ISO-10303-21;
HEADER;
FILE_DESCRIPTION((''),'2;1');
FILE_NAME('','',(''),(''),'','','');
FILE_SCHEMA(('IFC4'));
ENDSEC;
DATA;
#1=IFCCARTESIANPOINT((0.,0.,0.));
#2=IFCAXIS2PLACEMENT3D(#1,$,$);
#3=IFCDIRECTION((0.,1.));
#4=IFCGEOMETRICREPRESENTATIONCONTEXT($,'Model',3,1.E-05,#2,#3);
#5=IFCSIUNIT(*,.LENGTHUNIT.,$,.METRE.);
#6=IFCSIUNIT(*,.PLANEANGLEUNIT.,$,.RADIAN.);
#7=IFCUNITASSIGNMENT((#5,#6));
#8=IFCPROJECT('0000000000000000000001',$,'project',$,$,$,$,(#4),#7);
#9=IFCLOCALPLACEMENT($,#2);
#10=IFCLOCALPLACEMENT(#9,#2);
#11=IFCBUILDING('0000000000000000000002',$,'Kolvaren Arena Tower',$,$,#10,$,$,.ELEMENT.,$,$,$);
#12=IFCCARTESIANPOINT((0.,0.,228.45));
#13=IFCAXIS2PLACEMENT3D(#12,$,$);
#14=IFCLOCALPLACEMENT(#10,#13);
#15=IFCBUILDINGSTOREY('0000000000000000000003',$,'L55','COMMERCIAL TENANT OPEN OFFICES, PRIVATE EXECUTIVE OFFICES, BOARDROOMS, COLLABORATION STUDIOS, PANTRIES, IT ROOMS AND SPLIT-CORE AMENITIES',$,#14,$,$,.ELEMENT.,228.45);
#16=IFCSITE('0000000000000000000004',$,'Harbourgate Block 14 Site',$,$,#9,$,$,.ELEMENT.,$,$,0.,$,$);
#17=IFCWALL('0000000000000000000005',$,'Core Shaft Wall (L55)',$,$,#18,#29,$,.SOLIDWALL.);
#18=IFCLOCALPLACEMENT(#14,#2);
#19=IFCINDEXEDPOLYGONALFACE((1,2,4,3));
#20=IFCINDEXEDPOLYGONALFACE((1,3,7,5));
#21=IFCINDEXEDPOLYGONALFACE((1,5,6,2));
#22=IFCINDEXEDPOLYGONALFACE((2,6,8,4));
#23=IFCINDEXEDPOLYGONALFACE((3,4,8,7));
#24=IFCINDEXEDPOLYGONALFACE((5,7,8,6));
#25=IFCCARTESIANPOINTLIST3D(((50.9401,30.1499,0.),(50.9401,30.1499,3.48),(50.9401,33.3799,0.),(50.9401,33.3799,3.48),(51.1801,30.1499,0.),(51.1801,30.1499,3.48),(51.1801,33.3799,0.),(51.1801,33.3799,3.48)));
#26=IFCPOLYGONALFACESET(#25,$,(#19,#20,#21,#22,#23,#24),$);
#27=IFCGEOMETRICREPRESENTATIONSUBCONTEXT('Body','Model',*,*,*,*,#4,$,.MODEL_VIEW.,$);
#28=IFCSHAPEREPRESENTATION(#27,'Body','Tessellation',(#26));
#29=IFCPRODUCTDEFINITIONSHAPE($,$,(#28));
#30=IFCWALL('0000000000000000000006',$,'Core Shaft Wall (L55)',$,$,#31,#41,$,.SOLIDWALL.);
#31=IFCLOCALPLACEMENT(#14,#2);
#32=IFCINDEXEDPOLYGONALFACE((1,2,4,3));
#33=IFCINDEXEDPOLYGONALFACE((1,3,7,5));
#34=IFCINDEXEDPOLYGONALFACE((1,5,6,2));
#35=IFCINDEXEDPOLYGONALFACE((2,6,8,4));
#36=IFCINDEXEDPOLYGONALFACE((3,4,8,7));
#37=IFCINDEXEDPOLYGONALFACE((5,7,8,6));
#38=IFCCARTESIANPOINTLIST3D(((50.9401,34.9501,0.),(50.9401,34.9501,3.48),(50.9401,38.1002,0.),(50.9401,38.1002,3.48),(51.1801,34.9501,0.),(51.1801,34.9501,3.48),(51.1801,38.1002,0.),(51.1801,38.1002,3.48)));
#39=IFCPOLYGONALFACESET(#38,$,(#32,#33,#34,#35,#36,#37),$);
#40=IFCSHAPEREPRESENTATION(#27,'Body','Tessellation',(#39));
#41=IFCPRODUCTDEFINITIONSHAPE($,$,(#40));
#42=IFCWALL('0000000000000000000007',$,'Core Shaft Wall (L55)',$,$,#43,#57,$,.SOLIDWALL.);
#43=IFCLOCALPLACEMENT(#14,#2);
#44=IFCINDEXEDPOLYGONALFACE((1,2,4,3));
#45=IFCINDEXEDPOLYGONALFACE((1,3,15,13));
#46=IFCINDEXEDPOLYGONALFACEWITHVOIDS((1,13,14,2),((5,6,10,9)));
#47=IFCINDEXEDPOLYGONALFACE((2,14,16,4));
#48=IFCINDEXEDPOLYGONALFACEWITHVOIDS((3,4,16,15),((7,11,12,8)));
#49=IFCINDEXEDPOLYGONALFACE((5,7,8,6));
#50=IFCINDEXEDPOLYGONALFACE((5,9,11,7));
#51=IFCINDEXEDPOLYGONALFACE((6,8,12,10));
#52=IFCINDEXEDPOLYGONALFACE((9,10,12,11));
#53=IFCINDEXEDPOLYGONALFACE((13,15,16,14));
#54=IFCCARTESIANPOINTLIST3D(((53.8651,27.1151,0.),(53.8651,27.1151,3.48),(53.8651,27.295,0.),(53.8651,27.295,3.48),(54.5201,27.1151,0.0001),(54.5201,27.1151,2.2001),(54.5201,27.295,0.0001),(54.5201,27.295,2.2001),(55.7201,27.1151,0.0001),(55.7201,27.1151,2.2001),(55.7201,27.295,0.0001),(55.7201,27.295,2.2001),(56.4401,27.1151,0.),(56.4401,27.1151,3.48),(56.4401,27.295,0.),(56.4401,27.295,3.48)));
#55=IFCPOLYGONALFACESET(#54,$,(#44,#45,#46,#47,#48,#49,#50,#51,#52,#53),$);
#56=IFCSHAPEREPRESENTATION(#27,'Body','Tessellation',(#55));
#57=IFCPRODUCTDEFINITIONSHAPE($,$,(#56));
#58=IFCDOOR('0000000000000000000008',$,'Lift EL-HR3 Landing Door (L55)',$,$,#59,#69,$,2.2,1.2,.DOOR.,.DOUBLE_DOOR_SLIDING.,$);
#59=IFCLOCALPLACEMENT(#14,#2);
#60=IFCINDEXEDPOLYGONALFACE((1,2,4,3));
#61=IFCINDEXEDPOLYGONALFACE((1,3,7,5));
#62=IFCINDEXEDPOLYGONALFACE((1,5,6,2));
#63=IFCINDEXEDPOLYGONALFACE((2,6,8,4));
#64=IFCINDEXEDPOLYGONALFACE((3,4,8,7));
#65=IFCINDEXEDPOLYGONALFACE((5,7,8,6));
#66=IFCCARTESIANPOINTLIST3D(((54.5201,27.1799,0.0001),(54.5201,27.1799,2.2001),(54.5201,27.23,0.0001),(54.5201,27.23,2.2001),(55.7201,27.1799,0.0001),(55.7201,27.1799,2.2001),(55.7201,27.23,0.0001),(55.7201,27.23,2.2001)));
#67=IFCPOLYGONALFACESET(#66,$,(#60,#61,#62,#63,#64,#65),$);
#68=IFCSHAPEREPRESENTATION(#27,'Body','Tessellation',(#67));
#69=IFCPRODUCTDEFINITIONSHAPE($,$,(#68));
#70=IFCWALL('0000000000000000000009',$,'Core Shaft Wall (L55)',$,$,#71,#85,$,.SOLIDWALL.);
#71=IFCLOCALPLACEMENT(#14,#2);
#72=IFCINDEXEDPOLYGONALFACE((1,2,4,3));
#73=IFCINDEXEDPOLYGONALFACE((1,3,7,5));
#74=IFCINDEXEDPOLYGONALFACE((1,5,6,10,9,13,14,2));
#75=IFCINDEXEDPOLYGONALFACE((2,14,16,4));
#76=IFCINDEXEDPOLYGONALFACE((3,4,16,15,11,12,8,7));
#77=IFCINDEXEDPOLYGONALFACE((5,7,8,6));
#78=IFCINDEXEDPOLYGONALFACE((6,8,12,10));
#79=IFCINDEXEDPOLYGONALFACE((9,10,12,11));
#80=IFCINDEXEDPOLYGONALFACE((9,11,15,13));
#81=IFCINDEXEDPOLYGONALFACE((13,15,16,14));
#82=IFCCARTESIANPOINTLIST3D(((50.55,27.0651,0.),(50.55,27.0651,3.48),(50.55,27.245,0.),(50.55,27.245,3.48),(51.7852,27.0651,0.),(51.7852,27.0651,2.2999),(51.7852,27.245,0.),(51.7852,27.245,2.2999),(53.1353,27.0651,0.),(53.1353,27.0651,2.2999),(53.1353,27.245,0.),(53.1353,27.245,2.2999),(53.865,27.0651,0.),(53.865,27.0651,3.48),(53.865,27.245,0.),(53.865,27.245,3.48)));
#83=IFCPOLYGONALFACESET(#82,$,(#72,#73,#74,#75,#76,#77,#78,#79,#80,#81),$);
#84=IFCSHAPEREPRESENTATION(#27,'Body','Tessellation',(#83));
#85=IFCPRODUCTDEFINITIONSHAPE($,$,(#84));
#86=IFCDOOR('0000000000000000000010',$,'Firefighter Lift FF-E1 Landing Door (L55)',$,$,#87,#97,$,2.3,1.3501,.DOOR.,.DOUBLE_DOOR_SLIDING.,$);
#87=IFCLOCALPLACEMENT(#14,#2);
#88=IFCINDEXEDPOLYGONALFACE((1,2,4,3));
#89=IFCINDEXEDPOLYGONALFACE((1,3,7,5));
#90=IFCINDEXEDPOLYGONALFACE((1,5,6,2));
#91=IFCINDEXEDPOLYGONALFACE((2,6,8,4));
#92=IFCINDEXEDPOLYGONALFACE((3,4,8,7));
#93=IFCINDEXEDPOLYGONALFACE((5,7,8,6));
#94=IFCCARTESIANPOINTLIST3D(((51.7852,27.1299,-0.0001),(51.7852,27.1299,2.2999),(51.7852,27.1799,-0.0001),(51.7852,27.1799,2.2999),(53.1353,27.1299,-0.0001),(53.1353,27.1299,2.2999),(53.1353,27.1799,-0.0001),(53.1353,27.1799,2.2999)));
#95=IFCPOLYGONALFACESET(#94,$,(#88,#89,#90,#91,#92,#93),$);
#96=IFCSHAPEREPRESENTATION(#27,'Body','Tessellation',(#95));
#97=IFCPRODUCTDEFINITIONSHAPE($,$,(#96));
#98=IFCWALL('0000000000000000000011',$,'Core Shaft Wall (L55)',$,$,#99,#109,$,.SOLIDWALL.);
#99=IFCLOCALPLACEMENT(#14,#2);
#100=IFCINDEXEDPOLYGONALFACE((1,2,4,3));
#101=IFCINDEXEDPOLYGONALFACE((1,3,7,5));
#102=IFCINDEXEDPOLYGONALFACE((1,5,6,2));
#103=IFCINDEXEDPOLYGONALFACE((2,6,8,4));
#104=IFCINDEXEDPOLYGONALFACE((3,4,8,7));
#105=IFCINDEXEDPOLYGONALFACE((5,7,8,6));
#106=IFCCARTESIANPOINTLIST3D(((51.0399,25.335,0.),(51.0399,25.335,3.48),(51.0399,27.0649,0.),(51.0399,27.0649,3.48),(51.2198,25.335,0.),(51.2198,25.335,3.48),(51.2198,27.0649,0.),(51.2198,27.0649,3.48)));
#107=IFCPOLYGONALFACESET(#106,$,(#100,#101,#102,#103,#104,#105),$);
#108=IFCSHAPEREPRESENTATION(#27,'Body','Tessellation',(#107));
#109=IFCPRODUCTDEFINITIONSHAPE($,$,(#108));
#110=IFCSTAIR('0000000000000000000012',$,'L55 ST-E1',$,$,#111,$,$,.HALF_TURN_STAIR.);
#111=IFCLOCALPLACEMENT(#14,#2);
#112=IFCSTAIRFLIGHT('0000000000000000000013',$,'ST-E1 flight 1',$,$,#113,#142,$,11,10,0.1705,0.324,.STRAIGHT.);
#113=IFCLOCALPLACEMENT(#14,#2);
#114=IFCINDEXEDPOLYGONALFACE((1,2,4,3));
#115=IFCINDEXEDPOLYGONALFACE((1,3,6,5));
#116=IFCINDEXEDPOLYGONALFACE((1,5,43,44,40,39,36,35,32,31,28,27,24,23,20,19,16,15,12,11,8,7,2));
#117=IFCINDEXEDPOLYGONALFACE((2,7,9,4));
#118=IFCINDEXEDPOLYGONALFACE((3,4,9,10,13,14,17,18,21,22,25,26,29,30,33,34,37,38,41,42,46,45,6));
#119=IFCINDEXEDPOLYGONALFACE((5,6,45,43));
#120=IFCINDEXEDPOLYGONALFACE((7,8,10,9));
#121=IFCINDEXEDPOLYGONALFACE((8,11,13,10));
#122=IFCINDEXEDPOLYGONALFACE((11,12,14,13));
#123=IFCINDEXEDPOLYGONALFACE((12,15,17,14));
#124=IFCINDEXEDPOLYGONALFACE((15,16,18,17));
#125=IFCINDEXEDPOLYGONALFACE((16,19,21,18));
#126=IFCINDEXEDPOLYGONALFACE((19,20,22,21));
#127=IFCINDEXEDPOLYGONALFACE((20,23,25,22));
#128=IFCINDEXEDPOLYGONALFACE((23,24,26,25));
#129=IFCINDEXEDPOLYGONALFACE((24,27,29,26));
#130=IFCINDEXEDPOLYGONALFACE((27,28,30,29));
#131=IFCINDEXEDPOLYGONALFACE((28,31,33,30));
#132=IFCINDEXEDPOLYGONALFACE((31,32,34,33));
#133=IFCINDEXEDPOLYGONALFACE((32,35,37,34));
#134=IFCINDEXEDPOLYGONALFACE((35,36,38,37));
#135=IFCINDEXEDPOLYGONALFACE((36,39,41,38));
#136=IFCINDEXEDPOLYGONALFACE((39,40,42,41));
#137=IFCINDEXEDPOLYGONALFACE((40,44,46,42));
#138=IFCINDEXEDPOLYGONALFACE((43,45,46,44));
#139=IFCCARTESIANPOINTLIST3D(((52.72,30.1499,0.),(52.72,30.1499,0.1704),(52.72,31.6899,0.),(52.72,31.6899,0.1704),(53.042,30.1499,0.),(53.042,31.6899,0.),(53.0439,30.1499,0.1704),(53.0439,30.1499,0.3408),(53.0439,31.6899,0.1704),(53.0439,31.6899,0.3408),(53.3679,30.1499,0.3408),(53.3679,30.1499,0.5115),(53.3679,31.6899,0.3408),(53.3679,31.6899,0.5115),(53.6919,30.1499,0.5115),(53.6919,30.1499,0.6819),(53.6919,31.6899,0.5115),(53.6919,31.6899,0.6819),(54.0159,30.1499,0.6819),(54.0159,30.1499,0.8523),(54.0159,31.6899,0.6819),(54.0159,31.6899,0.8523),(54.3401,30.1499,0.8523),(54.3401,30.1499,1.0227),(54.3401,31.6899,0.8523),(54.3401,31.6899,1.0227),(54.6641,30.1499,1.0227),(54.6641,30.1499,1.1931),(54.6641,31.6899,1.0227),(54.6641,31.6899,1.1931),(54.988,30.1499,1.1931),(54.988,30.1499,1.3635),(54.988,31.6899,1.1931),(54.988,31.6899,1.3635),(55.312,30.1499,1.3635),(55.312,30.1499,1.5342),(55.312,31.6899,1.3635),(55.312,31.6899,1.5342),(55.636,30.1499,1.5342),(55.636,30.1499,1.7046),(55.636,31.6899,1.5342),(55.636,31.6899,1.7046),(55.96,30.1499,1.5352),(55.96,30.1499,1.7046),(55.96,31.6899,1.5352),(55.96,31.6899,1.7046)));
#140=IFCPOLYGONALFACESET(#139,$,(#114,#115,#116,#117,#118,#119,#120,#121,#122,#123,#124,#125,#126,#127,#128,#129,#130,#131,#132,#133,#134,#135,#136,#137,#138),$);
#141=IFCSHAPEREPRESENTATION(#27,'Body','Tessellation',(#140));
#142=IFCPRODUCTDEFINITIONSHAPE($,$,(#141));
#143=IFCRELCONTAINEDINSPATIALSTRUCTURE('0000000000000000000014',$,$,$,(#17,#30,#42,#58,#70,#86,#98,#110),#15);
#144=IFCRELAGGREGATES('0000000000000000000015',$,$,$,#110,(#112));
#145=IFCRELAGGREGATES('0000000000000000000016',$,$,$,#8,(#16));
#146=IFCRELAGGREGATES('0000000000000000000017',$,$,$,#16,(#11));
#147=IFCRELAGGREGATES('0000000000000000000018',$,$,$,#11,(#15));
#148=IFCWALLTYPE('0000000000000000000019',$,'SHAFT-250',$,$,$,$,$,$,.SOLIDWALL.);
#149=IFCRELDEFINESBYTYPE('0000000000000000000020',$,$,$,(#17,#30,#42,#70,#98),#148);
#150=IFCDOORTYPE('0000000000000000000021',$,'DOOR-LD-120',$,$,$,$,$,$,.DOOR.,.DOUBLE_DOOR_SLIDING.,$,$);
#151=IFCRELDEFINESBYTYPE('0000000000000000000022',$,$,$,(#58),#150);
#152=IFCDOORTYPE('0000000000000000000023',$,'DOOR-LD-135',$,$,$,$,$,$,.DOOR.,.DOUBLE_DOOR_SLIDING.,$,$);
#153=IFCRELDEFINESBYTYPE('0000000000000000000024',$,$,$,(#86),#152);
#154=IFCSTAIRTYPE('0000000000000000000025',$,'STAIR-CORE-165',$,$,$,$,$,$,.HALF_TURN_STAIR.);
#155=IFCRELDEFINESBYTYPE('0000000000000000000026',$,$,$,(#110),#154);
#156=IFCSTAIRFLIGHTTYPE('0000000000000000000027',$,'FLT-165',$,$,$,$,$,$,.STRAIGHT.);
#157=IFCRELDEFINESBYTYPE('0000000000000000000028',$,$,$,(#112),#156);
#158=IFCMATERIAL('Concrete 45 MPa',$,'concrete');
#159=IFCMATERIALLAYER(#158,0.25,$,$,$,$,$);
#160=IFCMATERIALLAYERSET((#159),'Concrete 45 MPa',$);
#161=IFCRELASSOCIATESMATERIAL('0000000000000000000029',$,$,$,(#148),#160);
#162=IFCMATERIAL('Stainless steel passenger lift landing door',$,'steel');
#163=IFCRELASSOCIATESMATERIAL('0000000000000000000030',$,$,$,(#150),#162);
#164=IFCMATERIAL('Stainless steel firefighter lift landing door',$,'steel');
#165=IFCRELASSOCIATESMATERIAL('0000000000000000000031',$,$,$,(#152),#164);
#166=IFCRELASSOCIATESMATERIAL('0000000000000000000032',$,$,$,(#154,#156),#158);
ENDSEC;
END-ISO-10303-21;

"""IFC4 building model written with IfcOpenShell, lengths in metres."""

from ifc_helpers import new_model, si_unit, direction, frame, frame_2d, origin, place, context, subcontext, project, spatial, polyline, rectangle, outline, extrude, material, layer, layer_set, type_object, element, fill, aggregate, save


model = new_model("IFC4")

# Units and contexts
model_context = context("Model", 3, precision=1e-05, world=origin(), true_north=direction((0.0, 1.0)))
body_context = subcontext(model_context, "Body", "Model", "MODEL_VIEW")
ifc_project = project(units=[si_unit("LENGTHUNIT", "METRE"), si_unit("PLANEANGLEUNIT", "RADIAN")], contexts=[model_context])

# Site, building, storey
site_placement = place(None, origin())
site = spatial("IfcSite", under=ifc_project, at=site_placement, Name="Harbourgate Block 14 Site", CompositionType="ELEMENT", RefElevation=0.0)
building_placement = place(site_placement, origin())
building = spatial("IfcBuilding", under=site, at=building_placement, Name="Kolvaren Arena Tower", CompositionType="ELEMENT")
storey_placement = place(building_placement, frame((0.0, 0.0, 228.45)))
storey = spatial("IfcBuildingStorey", under=building, at=storey_placement, Name="L55", Description="COMMERCIAL TENANT OPEN OFFICES, PRIVATE EXECUTIVE OFFICES, BOARDROOMS, COLLABORATION STUDIOS, PANTRIES, IT ROOMS AND SPLIT-CORE AMENITIES", CompositionType="ELEMENT", Elevation=228.45)

# Walls
ifc_material_1 = material(Name="Concrete 45 MPa", Category="concrete")
ifc_layer_1 = layer(ifc_material_1, 0.25)
ifc_layer_set_1 = layer_set([ifc_layer_1], Name="Concrete 45 MPa")
wall_type_1 = type_object("IfcWallType", Name="SHAFT-250", PredefinedType="SOLIDWALL", material=ifc_layer_set_1)
wall_1_placement = place(storey_placement, frame((51.0601, 30.1499, 0.0), z_axis=(0.0, 0.0, 1.0), x_axis=(0.0, 1.0, 0.0)))
element("IfcWall", 1, at=wall_1_placement, inside=storey, type_object=wall_type_1, Name="Core Shaft Wall (L55)", PredefinedType="SOLIDWALL", context=body_context, shape_type="SweptSolid", body=[
    extrude(rectangle(XDim=3.23, YDim=0.24, at=frame_2d((1.615, 0.0))), origin(), (0.0, 0.0, 1.0), 3.48),
])
wall_2_placement = place(storey_placement, frame((51.0601, 34.95, 0.0), z_axis=(0.0, 0.0, 1.0), x_axis=(0.0, 1.0, 0.0)))
element("IfcWall", 2, at=wall_2_placement, inside=storey, type_object=wall_type_1, Name="Core Shaft Wall (L55)", PredefinedType="SOLIDWALL", context=body_context, shape_type="SweptSolid", body=[
    extrude(rectangle(XDim=3.1501, YDim=0.24, at=frame_2d((1.5752, 0.0))), origin(), (0.0, 0.0, 1.0), 3.48),
])

# Walls, openings, doors
wall_3_placement = place(storey_placement, frame((53.865, 27.2051, 0.0), z_axis=(0.0, 0.0, 1.0), x_axis=(1.0, 0.0, 0.0)))
wall_3 = element("IfcWall", 3, at=wall_3_placement, inside=storey, type_object=wall_type_1, Name="Core Shaft Wall (L55)", PredefinedType="SOLIDWALL", context=body_context, shape_type="SweptSolid", body=[
    extrude(rectangle(XDim=2.575, YDim=0.1799, at=frame_2d((1.2876, 0.0))), origin(), (0.0, 0.0, 1.0), 3.48),
])
opening_1_placement = place(wall_3_placement, frame((0.655, 0.0, 0.0)))
opening_1 = element("IfcOpeningElement", 4, at=opening_1_placement, cuts=wall_3, PredefinedType="OPENING", context=body_context, shape_type="SweptSolid", body=[
    extrude(rectangle(XDim=1.2, YDim=2.2, at=frame_2d((0.6001, 1.1001))), frame((0.0, 0.0999, 0.0), z_axis=(0.0, -1.0, 0.0), x_axis=(1.0, 0.0, 0.0)), (0.0, 0.0, 1.0), 0.2),
])
ifc_material_2 = material(Name="Stainless steel passenger lift landing door", Category="steel")
door_type_1 = type_object("IfcDoorType", Name="DOOR-LD-120", OperationType="DOUBLE_DOOR_SLIDING", PredefinedType="DOOR", material=ifc_material_2)
door_1_placement = place(opening_1_placement, origin())
door_1 = element("IfcDoor", 5, at=door_1_placement, inside=storey, type_object=door_type_1, Name="Lift EL-HR3 Landing Door (L55)", OperationType="DOUBLE_DOOR_SLIDING", OverallHeight=2.2, OverallWidth=1.2, PredefinedType="DOOR", context=body_context, shape_type="SweptSolid", body=[
    extrude(rectangle(XDim=1.2, YDim=2.2, at=frame_2d((0.6001, 1.1001))), frame((0.0, 0.0249, 0.0), z_axis=(0.0, -1.0, 0.0), x_axis=(1.0, 0.0, 0.0)), (0.0, 0.0, 1.0), 0.05),
])
fill(opening_1, door_1)
wall_4_placement = place(storey_placement, frame((50.55, 27.155, 0.0), z_axis=(0.0, 0.0, 1.0), x_axis=(1.0, 0.0, 0.0)))
wall_4 = element("IfcWall", 6, at=wall_4_placement, inside=storey, type_object=wall_type_1, Name="Core Shaft Wall (L55)", PredefinedType="SOLIDWALL", context=body_context, shape_type="SweptSolid", body=[
    extrude(rectangle(XDim=3.3149, YDim=0.1799, at=frame_2d((1.6575, 0.0))), origin(), (0.0, 0.0, 1.0), 3.48),
])
opening_2_placement = place(wall_4_placement, frame((1.2351, 0.0, 0.0)))
opening_2 = element("IfcOpeningElement", 7, at=opening_2_placement, cuts=wall_4, PredefinedType="OPENING", context=body_context, shape_type="SweptSolid", body=[
    extrude(rectangle(XDim=1.3501, YDim=2.3, at=frame_2d((0.675, 1.1499))), frame((0.0, 0.0999, 0.0), z_axis=(0.0, -1.0, 0.0), x_axis=(1.0, 0.0, 0.0)), (0.0, 0.0, 1.0), 0.2),
])
ifc_material_3 = material(Name="Stainless steel firefighter lift landing door", Category="steel")
door_type_2 = type_object("IfcDoorType", Name="DOOR-LD-135", OperationType="DOUBLE_DOOR_SLIDING", PredefinedType="DOOR", material=ifc_material_3)
door_2_placement = place(opening_2_placement, origin())
door_2 = element("IfcDoor", 8, at=door_2_placement, inside=storey, type_object=door_type_2, Name="Firefighter Lift FF-E1 Landing Door (L55)", OperationType="DOUBLE_DOOR_SLIDING", OverallHeight=2.3, OverallWidth=1.3501, PredefinedType="DOOR", context=body_context, shape_type="SweptSolid", body=[
    extrude(rectangle(XDim=1.3501, YDim=2.3, at=frame_2d((0.675, 1.1499))), frame((0.0, 0.0249, 0.0), z_axis=(0.0, -1.0, 0.0), x_axis=(1.0, 0.0, 0.0)), (0.0, 0.0, 1.0), 0.05),
])
fill(opening_2, door_2)

# Wall
wall_5_placement = place(storey_placement, frame((51.1299, 25.335, 0.0), z_axis=(0.0, 0.0, 1.0), x_axis=(0.0, 1.0, 0.0)))
element("IfcWall", 9, at=wall_5_placement, inside=storey, type_object=wall_type_1, Name="Core Shaft Wall (L55)", PredefinedType="SOLIDWALL", context=body_context, shape_type="SweptSolid", body=[
    extrude(rectangle(XDim=1.73, YDim=0.1799, at=frame_2d((0.865, 0.0))), origin(), (0.0, 0.0, 1.0), 3.48),
])

# Stair, stair flight
stair_type = type_object("IfcStairType", Name="STAIR-CORE-165", PredefinedType="HALF_TURN_STAIR", material=ifc_material_1)
stair_placement = place(storey_placement, origin())
stair = element("IfcStair", 10, at=stair_placement, inside=storey, type_object=stair_type, Name="L55 ST-E1", PredefinedType="HALF_TURN_STAIR")
stair_flight_type = type_object("IfcStairFlightType", Name="FLT-165", PredefinedType="STRAIGHT", material=ifc_material_1)
stair_flight_placement = place(storey_placement, frame((52.72, 30.9199, 0.0), z_axis=(0.0, 0.0, 1.0), x_axis=(1.0, 0.0, 0.0)))
stair_flight = element("IfcStairFlight", 11, at=stair_flight_placement, type_object=stair_flight_type, Name="ST-E1 flight 1", NumberOfRisers=11, NumberOfTreads=10, PredefinedType="STRAIGHT", RiserHeight=0.1705, TreadLength=0.324, context=body_context, shape_type="SweptSolid", body=[
    extrude(outline(polyline([(0.0, 0.0), (0.0, 0.1704), (0.324, 0.1704), (0.324, 0.3408), (0.6479, 0.3408), (0.6479, 0.5115), (0.9719, 0.5115), (0.9719, 0.6819), (1.2959, 0.6819), (1.2959, 0.8523), (1.6201, 0.8523), (1.6201, 1.0227), (1.9441, 1.0227), (1.9441, 1.1931), (2.2681, 1.1931), (2.2681, 1.3635), (2.592, 1.3635), (2.592, 1.5342), (2.916, 1.5342), (2.916, 1.7046), (3.24, 1.7046), (3.24, 1.875), (3.24, 1.5352), (0.322, 0.0), (0.0, 0.0)])), frame((0.0, 0.77, 0.0), z_axis=(0.0, -1.0, 0.0), x_axis=(1.0, 0.0, 0.0)), (0.0, 0.0, 1.0), 1.54),
])
aggregate(stair, [stair_flight])

save(model, "model.ifc")
